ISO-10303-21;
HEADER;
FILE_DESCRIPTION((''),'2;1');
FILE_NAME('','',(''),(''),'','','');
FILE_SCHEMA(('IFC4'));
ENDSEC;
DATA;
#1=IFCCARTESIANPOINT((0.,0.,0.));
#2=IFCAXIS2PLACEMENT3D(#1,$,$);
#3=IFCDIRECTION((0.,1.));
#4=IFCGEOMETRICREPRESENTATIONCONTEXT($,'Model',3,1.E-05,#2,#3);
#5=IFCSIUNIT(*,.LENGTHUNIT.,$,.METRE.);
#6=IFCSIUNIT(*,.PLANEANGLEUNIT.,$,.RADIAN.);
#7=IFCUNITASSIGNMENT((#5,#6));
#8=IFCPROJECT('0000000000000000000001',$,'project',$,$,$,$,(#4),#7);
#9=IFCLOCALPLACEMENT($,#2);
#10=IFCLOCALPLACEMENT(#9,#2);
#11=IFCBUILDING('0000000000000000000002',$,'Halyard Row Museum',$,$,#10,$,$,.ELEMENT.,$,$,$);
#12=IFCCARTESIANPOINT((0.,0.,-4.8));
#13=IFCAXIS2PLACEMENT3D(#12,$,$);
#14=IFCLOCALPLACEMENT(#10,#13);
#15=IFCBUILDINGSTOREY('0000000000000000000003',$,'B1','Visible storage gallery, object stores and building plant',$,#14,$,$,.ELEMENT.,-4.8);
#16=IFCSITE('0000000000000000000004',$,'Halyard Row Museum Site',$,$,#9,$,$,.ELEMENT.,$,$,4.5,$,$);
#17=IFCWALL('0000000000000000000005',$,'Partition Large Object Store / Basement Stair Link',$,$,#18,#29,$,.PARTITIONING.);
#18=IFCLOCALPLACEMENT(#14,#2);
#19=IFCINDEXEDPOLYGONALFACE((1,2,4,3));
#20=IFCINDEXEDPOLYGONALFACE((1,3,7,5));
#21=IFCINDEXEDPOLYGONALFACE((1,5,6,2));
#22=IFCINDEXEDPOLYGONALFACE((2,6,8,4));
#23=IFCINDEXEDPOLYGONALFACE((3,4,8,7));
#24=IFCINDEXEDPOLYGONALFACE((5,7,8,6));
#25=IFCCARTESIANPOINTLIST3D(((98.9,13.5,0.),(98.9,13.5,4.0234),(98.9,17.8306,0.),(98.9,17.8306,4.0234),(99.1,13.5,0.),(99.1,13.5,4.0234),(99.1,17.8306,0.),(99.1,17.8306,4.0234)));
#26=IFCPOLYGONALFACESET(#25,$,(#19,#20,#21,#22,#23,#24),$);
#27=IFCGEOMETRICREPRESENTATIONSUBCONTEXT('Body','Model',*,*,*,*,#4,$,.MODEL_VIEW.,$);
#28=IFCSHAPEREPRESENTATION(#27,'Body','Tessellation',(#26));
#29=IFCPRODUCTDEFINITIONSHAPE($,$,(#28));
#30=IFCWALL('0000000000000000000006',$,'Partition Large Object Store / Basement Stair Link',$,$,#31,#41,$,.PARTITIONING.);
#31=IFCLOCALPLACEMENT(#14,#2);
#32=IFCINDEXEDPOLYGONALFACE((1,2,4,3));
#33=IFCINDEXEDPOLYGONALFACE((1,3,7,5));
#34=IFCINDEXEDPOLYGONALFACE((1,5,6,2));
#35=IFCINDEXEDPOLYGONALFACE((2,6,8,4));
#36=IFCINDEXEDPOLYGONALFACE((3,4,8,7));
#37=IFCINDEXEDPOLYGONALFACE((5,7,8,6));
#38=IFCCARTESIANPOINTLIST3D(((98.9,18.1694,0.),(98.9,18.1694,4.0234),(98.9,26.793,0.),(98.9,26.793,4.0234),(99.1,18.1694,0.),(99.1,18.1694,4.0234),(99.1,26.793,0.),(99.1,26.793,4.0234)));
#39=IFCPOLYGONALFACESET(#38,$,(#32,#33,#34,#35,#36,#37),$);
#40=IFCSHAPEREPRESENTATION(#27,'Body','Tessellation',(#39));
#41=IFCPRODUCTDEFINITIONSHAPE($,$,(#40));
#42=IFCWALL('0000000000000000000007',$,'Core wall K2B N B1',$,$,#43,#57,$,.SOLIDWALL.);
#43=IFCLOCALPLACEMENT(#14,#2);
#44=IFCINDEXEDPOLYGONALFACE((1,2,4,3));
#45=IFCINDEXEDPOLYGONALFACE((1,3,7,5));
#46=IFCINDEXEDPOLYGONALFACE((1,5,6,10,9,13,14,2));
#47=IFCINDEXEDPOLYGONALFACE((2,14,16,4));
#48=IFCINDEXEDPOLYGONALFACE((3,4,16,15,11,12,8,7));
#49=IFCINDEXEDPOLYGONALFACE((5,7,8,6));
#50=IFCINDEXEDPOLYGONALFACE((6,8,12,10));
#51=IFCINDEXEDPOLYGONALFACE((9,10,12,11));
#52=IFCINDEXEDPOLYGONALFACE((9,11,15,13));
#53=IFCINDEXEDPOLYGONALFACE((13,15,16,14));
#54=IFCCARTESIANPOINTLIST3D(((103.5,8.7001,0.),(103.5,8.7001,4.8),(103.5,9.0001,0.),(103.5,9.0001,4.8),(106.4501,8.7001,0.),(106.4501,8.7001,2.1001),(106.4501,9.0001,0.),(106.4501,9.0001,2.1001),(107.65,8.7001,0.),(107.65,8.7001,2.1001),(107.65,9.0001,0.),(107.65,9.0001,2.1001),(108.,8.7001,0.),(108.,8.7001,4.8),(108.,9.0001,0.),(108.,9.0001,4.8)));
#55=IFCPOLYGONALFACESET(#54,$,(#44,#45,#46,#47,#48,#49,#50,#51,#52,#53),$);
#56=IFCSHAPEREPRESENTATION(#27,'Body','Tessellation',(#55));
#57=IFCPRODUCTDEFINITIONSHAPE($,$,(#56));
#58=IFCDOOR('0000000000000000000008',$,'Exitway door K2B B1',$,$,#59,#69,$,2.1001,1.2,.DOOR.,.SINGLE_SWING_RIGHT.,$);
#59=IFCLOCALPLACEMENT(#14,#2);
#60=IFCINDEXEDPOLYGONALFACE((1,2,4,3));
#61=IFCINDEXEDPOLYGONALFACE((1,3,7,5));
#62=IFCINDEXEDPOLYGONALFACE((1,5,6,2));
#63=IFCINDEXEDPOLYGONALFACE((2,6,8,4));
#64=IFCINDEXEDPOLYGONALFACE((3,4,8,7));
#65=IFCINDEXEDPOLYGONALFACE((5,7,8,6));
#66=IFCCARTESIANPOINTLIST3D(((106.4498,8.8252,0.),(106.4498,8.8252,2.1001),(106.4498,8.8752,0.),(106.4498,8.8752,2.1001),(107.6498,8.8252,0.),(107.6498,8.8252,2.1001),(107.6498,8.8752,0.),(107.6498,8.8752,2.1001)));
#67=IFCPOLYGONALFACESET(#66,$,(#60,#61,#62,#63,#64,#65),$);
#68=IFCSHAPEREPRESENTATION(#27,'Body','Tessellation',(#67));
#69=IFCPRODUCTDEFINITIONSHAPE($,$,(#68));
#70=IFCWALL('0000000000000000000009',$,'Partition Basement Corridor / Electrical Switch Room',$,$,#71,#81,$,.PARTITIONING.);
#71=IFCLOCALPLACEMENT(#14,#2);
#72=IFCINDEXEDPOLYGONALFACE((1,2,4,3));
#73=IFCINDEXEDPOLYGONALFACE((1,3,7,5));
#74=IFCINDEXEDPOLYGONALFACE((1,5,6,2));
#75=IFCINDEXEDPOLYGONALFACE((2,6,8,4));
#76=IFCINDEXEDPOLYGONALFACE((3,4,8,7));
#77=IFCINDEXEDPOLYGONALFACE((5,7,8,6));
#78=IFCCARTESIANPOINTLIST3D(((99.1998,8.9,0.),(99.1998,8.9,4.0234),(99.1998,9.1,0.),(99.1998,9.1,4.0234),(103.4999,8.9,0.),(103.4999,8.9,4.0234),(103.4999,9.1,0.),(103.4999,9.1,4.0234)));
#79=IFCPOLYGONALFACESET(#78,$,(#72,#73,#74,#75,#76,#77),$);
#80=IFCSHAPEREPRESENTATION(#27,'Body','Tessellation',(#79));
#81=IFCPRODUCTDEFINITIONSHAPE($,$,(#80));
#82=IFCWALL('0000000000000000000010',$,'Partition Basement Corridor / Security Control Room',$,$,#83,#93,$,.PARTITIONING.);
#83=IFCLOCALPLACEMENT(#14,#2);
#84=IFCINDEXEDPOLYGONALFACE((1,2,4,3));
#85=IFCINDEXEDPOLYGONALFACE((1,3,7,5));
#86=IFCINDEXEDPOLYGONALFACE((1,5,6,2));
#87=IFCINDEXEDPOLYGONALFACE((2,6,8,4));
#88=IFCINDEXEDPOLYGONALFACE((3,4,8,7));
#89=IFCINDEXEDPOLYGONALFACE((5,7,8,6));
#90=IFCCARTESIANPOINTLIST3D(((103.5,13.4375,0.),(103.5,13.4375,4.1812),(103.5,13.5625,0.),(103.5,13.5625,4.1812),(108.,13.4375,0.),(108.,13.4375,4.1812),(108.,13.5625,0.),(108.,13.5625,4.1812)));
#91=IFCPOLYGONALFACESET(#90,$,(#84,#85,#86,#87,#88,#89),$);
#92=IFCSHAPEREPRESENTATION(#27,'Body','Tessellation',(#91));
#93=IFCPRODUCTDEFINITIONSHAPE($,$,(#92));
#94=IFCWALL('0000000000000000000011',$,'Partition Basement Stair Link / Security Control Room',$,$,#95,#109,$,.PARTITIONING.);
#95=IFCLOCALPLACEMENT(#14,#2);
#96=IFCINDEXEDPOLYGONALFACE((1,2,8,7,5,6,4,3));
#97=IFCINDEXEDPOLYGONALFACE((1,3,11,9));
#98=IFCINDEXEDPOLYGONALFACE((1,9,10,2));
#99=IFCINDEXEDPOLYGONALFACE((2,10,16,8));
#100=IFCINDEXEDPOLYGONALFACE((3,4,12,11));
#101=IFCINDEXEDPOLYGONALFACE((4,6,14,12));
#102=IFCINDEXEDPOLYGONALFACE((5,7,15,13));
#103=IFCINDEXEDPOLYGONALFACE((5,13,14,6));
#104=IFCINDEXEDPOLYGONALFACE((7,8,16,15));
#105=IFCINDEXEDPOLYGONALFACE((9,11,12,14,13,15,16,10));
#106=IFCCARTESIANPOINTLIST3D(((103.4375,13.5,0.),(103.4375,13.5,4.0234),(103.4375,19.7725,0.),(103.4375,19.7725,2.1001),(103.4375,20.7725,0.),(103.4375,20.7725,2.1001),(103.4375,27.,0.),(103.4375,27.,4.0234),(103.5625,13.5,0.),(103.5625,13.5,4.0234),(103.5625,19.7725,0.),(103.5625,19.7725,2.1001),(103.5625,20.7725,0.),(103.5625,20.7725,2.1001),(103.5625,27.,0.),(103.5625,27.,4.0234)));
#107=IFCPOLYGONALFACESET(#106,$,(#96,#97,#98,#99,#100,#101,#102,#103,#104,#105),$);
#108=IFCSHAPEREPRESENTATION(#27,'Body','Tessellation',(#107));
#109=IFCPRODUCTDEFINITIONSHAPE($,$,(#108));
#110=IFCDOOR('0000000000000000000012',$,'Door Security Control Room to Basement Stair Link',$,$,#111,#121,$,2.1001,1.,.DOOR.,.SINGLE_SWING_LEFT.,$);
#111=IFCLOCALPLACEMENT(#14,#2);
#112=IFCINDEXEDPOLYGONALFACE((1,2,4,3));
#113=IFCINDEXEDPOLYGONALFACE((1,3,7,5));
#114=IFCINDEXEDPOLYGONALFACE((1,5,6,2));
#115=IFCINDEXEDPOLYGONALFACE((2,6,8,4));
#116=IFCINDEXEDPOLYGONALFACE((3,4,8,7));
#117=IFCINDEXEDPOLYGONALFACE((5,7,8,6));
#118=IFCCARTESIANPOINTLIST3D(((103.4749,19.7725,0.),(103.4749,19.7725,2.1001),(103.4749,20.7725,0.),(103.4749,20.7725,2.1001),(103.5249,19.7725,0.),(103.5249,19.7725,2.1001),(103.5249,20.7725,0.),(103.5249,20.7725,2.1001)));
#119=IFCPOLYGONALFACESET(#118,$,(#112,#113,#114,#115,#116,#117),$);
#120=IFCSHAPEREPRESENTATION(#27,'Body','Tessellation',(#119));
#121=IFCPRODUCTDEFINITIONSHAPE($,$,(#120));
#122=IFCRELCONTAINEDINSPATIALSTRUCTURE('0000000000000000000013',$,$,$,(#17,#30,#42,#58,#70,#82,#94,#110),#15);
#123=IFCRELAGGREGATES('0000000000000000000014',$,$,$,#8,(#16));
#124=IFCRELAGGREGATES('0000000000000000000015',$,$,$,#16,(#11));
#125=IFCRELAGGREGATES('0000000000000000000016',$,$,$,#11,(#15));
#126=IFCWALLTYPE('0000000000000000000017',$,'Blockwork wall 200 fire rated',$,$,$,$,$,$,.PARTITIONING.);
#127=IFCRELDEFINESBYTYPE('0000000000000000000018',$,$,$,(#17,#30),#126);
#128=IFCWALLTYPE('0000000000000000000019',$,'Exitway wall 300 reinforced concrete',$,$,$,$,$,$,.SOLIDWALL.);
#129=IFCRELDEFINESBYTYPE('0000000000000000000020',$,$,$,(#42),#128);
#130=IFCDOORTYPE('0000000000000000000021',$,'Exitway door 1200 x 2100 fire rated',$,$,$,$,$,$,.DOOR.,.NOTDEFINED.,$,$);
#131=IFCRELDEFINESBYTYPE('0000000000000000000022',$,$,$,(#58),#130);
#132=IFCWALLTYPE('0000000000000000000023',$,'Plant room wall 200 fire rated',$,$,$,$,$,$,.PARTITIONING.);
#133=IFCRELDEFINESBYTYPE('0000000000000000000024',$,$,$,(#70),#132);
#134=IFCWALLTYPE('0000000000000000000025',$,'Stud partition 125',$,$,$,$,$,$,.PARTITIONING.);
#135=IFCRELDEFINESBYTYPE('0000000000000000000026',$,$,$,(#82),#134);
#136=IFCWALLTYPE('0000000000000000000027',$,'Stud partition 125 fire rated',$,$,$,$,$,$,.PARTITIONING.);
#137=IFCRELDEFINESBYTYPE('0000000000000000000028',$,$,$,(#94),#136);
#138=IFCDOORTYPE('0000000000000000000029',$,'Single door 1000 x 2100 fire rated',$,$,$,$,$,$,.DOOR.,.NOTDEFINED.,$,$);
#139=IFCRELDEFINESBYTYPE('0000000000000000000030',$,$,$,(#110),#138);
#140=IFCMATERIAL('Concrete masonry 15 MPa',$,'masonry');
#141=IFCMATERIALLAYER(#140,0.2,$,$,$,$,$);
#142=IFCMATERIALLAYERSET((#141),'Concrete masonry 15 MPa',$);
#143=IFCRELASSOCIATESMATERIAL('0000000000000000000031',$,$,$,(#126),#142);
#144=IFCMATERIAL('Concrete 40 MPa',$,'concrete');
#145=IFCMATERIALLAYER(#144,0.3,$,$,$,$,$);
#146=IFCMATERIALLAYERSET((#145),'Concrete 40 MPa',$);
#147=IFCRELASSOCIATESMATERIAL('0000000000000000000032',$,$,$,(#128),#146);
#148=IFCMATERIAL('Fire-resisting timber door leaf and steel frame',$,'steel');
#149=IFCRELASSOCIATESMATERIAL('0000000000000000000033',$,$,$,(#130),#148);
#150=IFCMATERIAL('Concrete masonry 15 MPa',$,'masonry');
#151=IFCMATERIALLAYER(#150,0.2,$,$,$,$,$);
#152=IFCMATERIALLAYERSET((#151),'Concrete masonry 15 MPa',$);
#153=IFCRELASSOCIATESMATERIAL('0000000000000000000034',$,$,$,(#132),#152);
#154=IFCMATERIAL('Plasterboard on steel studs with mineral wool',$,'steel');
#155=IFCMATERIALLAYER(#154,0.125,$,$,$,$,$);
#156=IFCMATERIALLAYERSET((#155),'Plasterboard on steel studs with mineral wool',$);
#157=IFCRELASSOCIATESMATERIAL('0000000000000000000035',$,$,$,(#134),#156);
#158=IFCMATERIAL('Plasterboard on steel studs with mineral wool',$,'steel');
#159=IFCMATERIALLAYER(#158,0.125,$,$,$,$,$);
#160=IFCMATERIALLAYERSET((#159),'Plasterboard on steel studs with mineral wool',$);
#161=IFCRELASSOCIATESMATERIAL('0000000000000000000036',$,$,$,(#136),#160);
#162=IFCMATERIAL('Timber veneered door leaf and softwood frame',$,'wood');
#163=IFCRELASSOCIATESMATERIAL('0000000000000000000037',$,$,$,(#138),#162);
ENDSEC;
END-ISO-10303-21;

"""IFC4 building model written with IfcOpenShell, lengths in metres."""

from ifc_helpers import new_model, si_unit, direction, frame, frame_2d, origin, place, context, subcontext, project, spatial, rectangle, extrude, material, layer, layer_set, type_object, element, fill, save


model = new_model("IFC4")

# Units and contexts
model_context = context("Model", 3, precision=1e-05, world=origin(), true_north=direction((0.0, 1.0)))
body_context = subcontext(model_context, "Body", "Model", "MODEL_VIEW")
ifc_project = project(units=[si_unit("LENGTHUNIT", "METRE"), si_unit("PLANEANGLEUNIT", "RADIAN")], contexts=[model_context])

# Site, building, storey
site_placement = place(None, origin())
site = spatial("IfcSite", under=ifc_project, at=site_placement, Name="Halyard Row Museum Site", CompositionType="ELEMENT", RefElevation=4.5)
building_placement = place(site_placement, origin())
building = spatial("IfcBuilding", under=site, at=building_placement, Name="Halyard Row Museum", CompositionType="ELEMENT")
storey_placement = place(building_placement, frame((0.0, 0.0, -4.8)))
storey = spatial("IfcBuildingStorey", under=building, at=storey_placement, Name="B1", Description="Visible storage gallery, object stores and building plant", CompositionType="ELEMENT", Elevation=-4.8)

# Walls
ifc_material_1 = material(Name="Concrete masonry 15 MPa", Category="masonry")
ifc_layer_1 = layer(ifc_material_1, 0.2)
ifc_layer_set_1 = layer_set([ifc_layer_1], Name="Concrete masonry 15 MPa")
wall_type_1 = type_object("IfcWallType", Name="Blockwork wall 200 fire rated", PredefinedType="PARTITIONING", material=ifc_layer_set_1)
wall_1_placement = place(storey_placement, frame((99.0, 13.5, 0.0), z_axis=(0.0, 0.0, 1.0), x_axis=(0.0, 1.0, 0.0)))
element("IfcWall", 1, at=wall_1_placement, inside=storey, type_object=wall_type_1, Name="Partition Large Object Store / Basement Stair Link", PredefinedType="PARTITIONING", context=body_context, shape_type="SweptSolid", body=[
    extrude(rectangle(XDim=4.3306, YDim=0.2, at=frame_2d((2.1653, 0.0))), origin(), (0.0, 0.0, 1.0), 4.0234),
])
wall_2_placement = place(storey_placement, frame((99.0, 18.1694, 0.0), z_axis=(0.0, 0.0, 1.0), x_axis=(0.0, 1.0, 0.0)))
element("IfcWall", 2, at=wall_2_placement, inside=storey, type_object=wall_type_1, Name="Partition Large Object Store / Basement Stair Link", PredefinedType="PARTITIONING", context=body_context, shape_type="SweptSolid", body=[
    extrude(rectangle(XDim=8.6235, YDim=0.2, at=frame_2d((4.3118, 0.0))), origin(), (0.0, 0.0, 1.0), 4.0234),
])

# Wall, opening, door
ifc_material_2 = material(Name="Concrete 40 MPa", Category="concrete")
ifc_layer_2 = layer(ifc_material_2, 0.3)
ifc_layer_set_2 = layer_set([ifc_layer_2], Name="Concrete 40 MPa")
wall_type_2 = type_object("IfcWallType", Name="Exitway wall 300 reinforced concrete", PredefinedType="SOLIDWALL", material=ifc_layer_set_2)
wall_3_placement = place(storey_placement, frame((103.5, 8.8501, 0.0), z_axis=(0.0, 0.0, 1.0), x_axis=(1.0, 0.0, 0.0)))
wall_3 = element("IfcWall", 3, at=wall_3_placement, inside=storey, type_object=wall_type_2, Name="Core wall K2B N B1", PredefinedType="SOLIDWALL", context=body_context, shape_type="SweptSolid", body=[
    extrude(rectangle(XDim=4.5, YDim=0.3, at=frame_2d((2.25, 0.0))), origin(), (0.0, 0.0, 1.0), 4.8),
])
opening_1_placement = place(wall_3_placement, frame((2.95, 0.0, 0.0)))
opening_1 = element("IfcOpeningElement", 4, at=opening_1_placement, cuts=wall_3, PredefinedType="OPENING", context=body_context, shape_type="SweptSolid", body=[
    extrude(rectangle(XDim=1.2, YDim=2.1001, at=frame_2d((0.6001, 1.05))), frame((0.0, 0.1599, 0.0), z_axis=(0.0, -1.0, 0.0), x_axis=(1.0, 0.0, 0.0)), (0.0, 0.0, 1.0), 0.3201),
])
ifc_material_3 = material(Name="Fire-resisting timber door leaf and steel frame", Category="steel")
door_type_1 = type_object("IfcDoorType", Name="Exitway door 1200 x 2100 fire rated", OperationType="NOTDEFINED", PredefinedType="DOOR", material=ifc_material_3)
door_1_placement = place(opening_1_placement, frame((1.2, 0.0, 0.0), z_axis=(0.0, 0.0, 1.0), x_axis=(-1.0, 0.0, 0.0)))
door_1 = element("IfcDoor", 5, at=door_1_placement, inside=storey, type_object=door_type_1, Name="Exitway door K2B B1", OperationType="SINGLE_SWING_RIGHT", OverallHeight=2.1001, OverallWidth=1.2, PredefinedType="DOOR", context=body_context, shape_type="SweptSolid", body=[
    extrude(rectangle(XDim=1.2, YDim=2.1001, at=frame_2d((0.6001, 1.05))), frame((0.0, 0.0249, 0.0), z_axis=(0.0, -1.0, 0.0), x_axis=(1.0, 0.0, 0.0)), (0.0, 0.0, 1.0), 0.05),
])
fill(opening_1, door_1)

# Walls
ifc_material_4 = material(Name="Concrete masonry 15 MPa", Category="masonry")
ifc_layer_3 = layer(ifc_material_4, 0.2)
ifc_layer_set_3 = layer_set([ifc_layer_3], Name="Concrete masonry 15 MPa")
wall_type_3 = type_object("IfcWallType", Name="Plant room wall 200 fire rated", PredefinedType="PARTITIONING", material=ifc_layer_set_3)
wall_4_placement = place(storey_placement, frame((99.2, 9.0, 0.0), z_axis=(0.0, 0.0, 1.0), x_axis=(1.0, 0.0, 0.0)))
element("IfcWall", 6, at=wall_4_placement, inside=storey, type_object=wall_type_3, Name="Partition Basement Corridor / Electrical Switch Room", PredefinedType="PARTITIONING", context=body_context, shape_type="SweptSolid", body=[
    extrude(rectangle(XDim=4.3, YDim=0.2, at=frame_2d((2.1499, 0.0))), origin(), (0.0, 0.0, 1.0), 4.0234),
])
ifc_material_5 = material(Name="Plasterboard on steel studs with mineral wool", Category="steel")
ifc_layer_4 = layer(ifc_material_5, 0.125)
ifc_layer_set_4 = layer_set([ifc_layer_4], Name="Plasterboard on steel studs with mineral wool")
wall_type_4 = type_object("IfcWallType", Name="Stud partition 125", PredefinedType="PARTITIONING", material=ifc_layer_set_4)
wall_5_placement = place(storey_placement, frame((103.5, 13.5, 0.0), z_axis=(0.0, 0.0, 1.0), x_axis=(1.0, 0.0, 0.0)))
element("IfcWall", 7, at=wall_5_placement, inside=storey, type_object=wall_type_4, Name="Partition Basement Corridor / Security Control Room", PredefinedType="PARTITIONING", context=body_context, shape_type="SweptSolid", body=[
    extrude(rectangle(XDim=4.5, YDim=0.125, at=frame_2d((2.25, 0.0))), origin(), (0.0, 0.0, 1.0), 4.1812),
])

# Wall, opening, door
ifc_material_6 = material(Name="Plasterboard on steel studs with mineral wool", Category="steel")
ifc_layer_5 = layer(ifc_material_6, 0.125)
ifc_layer_set_5 = layer_set([ifc_layer_5], Name="Plasterboard on steel studs with mineral wool")
wall_type_5 = type_object("IfcWallType", Name="Stud partition 125 fire rated", PredefinedType="PARTITIONING", material=ifc_layer_set_5)
wall_6_placement = place(storey_placement, frame((103.5, 13.5, 0.0), z_axis=(0.0, 0.0, 1.0), x_axis=(0.0, 1.0, 0.0)))
wall_6 = element("IfcWall", 8, at=wall_6_placement, inside=storey, type_object=wall_type_5, Name="Partition Basement Stair Link / Security Control Room", PredefinedType="PARTITIONING", context=body_context, shape_type="SweptSolid", body=[
    extrude(rectangle(XDim=13.5, YDim=0.125, at=frame_2d((6.75, 0.0))), origin(), (0.0, 0.0, 1.0), 4.0234),
])
opening_2_placement = place(wall_6_placement, frame((6.2725, 0.0, 0.0)))
opening_2 = element("IfcOpeningElement", 9, at=opening_2_placement, cuts=wall_6, PredefinedType="OPENING", context=body_context, shape_type="SweptSolid", body=[
    extrude(rectangle(XDim=1.0, YDim=2.1001, at=frame_2d((0.5, 1.05))), frame((0.0, 0.0725, 0.0), z_axis=(0.0, -1.0, 0.0), x_axis=(1.0, 0.0, 0.0)), (0.0, 0.0, 1.0), 0.145),
])
ifc_material_7 = material(Name="Timber veneered door leaf and softwood frame", Category="wood")
door_type_2 = type_object("IfcDoorType", Name="Single door 1000 x 2100 fire rated", OperationType="NOTDEFINED", PredefinedType="DOOR", material=ifc_material_7)
door_2_placement = place(opening_2_placement, frame((1.0, 0.0, 0.0), z_axis=(0.0, 0.0, 1.0), x_axis=(-1.0, 0.0, 0.0)))
door_2 = element("IfcDoor", 10, at=door_2_placement, inside=storey, type_object=door_type_2, Name="Door Security Control Room to Basement Stair Link", OperationType="SINGLE_SWING_LEFT", OverallHeight=2.1001, OverallWidth=1.0, PredefinedType="DOOR", context=body_context, shape_type="SweptSolid", body=[
    extrude(rectangle(XDim=1.0, YDim=2.1001, at=frame_2d((0.5, 1.05))), frame((0.0, 0.0249, 0.0), z_axis=(0.0, -1.0, 0.0), x_axis=(1.0, 0.0, 0.0)), (0.0, 0.0, 1.0), 0.05),
])
fill(opening_2, door_2)

save(model, "model.ifc")
